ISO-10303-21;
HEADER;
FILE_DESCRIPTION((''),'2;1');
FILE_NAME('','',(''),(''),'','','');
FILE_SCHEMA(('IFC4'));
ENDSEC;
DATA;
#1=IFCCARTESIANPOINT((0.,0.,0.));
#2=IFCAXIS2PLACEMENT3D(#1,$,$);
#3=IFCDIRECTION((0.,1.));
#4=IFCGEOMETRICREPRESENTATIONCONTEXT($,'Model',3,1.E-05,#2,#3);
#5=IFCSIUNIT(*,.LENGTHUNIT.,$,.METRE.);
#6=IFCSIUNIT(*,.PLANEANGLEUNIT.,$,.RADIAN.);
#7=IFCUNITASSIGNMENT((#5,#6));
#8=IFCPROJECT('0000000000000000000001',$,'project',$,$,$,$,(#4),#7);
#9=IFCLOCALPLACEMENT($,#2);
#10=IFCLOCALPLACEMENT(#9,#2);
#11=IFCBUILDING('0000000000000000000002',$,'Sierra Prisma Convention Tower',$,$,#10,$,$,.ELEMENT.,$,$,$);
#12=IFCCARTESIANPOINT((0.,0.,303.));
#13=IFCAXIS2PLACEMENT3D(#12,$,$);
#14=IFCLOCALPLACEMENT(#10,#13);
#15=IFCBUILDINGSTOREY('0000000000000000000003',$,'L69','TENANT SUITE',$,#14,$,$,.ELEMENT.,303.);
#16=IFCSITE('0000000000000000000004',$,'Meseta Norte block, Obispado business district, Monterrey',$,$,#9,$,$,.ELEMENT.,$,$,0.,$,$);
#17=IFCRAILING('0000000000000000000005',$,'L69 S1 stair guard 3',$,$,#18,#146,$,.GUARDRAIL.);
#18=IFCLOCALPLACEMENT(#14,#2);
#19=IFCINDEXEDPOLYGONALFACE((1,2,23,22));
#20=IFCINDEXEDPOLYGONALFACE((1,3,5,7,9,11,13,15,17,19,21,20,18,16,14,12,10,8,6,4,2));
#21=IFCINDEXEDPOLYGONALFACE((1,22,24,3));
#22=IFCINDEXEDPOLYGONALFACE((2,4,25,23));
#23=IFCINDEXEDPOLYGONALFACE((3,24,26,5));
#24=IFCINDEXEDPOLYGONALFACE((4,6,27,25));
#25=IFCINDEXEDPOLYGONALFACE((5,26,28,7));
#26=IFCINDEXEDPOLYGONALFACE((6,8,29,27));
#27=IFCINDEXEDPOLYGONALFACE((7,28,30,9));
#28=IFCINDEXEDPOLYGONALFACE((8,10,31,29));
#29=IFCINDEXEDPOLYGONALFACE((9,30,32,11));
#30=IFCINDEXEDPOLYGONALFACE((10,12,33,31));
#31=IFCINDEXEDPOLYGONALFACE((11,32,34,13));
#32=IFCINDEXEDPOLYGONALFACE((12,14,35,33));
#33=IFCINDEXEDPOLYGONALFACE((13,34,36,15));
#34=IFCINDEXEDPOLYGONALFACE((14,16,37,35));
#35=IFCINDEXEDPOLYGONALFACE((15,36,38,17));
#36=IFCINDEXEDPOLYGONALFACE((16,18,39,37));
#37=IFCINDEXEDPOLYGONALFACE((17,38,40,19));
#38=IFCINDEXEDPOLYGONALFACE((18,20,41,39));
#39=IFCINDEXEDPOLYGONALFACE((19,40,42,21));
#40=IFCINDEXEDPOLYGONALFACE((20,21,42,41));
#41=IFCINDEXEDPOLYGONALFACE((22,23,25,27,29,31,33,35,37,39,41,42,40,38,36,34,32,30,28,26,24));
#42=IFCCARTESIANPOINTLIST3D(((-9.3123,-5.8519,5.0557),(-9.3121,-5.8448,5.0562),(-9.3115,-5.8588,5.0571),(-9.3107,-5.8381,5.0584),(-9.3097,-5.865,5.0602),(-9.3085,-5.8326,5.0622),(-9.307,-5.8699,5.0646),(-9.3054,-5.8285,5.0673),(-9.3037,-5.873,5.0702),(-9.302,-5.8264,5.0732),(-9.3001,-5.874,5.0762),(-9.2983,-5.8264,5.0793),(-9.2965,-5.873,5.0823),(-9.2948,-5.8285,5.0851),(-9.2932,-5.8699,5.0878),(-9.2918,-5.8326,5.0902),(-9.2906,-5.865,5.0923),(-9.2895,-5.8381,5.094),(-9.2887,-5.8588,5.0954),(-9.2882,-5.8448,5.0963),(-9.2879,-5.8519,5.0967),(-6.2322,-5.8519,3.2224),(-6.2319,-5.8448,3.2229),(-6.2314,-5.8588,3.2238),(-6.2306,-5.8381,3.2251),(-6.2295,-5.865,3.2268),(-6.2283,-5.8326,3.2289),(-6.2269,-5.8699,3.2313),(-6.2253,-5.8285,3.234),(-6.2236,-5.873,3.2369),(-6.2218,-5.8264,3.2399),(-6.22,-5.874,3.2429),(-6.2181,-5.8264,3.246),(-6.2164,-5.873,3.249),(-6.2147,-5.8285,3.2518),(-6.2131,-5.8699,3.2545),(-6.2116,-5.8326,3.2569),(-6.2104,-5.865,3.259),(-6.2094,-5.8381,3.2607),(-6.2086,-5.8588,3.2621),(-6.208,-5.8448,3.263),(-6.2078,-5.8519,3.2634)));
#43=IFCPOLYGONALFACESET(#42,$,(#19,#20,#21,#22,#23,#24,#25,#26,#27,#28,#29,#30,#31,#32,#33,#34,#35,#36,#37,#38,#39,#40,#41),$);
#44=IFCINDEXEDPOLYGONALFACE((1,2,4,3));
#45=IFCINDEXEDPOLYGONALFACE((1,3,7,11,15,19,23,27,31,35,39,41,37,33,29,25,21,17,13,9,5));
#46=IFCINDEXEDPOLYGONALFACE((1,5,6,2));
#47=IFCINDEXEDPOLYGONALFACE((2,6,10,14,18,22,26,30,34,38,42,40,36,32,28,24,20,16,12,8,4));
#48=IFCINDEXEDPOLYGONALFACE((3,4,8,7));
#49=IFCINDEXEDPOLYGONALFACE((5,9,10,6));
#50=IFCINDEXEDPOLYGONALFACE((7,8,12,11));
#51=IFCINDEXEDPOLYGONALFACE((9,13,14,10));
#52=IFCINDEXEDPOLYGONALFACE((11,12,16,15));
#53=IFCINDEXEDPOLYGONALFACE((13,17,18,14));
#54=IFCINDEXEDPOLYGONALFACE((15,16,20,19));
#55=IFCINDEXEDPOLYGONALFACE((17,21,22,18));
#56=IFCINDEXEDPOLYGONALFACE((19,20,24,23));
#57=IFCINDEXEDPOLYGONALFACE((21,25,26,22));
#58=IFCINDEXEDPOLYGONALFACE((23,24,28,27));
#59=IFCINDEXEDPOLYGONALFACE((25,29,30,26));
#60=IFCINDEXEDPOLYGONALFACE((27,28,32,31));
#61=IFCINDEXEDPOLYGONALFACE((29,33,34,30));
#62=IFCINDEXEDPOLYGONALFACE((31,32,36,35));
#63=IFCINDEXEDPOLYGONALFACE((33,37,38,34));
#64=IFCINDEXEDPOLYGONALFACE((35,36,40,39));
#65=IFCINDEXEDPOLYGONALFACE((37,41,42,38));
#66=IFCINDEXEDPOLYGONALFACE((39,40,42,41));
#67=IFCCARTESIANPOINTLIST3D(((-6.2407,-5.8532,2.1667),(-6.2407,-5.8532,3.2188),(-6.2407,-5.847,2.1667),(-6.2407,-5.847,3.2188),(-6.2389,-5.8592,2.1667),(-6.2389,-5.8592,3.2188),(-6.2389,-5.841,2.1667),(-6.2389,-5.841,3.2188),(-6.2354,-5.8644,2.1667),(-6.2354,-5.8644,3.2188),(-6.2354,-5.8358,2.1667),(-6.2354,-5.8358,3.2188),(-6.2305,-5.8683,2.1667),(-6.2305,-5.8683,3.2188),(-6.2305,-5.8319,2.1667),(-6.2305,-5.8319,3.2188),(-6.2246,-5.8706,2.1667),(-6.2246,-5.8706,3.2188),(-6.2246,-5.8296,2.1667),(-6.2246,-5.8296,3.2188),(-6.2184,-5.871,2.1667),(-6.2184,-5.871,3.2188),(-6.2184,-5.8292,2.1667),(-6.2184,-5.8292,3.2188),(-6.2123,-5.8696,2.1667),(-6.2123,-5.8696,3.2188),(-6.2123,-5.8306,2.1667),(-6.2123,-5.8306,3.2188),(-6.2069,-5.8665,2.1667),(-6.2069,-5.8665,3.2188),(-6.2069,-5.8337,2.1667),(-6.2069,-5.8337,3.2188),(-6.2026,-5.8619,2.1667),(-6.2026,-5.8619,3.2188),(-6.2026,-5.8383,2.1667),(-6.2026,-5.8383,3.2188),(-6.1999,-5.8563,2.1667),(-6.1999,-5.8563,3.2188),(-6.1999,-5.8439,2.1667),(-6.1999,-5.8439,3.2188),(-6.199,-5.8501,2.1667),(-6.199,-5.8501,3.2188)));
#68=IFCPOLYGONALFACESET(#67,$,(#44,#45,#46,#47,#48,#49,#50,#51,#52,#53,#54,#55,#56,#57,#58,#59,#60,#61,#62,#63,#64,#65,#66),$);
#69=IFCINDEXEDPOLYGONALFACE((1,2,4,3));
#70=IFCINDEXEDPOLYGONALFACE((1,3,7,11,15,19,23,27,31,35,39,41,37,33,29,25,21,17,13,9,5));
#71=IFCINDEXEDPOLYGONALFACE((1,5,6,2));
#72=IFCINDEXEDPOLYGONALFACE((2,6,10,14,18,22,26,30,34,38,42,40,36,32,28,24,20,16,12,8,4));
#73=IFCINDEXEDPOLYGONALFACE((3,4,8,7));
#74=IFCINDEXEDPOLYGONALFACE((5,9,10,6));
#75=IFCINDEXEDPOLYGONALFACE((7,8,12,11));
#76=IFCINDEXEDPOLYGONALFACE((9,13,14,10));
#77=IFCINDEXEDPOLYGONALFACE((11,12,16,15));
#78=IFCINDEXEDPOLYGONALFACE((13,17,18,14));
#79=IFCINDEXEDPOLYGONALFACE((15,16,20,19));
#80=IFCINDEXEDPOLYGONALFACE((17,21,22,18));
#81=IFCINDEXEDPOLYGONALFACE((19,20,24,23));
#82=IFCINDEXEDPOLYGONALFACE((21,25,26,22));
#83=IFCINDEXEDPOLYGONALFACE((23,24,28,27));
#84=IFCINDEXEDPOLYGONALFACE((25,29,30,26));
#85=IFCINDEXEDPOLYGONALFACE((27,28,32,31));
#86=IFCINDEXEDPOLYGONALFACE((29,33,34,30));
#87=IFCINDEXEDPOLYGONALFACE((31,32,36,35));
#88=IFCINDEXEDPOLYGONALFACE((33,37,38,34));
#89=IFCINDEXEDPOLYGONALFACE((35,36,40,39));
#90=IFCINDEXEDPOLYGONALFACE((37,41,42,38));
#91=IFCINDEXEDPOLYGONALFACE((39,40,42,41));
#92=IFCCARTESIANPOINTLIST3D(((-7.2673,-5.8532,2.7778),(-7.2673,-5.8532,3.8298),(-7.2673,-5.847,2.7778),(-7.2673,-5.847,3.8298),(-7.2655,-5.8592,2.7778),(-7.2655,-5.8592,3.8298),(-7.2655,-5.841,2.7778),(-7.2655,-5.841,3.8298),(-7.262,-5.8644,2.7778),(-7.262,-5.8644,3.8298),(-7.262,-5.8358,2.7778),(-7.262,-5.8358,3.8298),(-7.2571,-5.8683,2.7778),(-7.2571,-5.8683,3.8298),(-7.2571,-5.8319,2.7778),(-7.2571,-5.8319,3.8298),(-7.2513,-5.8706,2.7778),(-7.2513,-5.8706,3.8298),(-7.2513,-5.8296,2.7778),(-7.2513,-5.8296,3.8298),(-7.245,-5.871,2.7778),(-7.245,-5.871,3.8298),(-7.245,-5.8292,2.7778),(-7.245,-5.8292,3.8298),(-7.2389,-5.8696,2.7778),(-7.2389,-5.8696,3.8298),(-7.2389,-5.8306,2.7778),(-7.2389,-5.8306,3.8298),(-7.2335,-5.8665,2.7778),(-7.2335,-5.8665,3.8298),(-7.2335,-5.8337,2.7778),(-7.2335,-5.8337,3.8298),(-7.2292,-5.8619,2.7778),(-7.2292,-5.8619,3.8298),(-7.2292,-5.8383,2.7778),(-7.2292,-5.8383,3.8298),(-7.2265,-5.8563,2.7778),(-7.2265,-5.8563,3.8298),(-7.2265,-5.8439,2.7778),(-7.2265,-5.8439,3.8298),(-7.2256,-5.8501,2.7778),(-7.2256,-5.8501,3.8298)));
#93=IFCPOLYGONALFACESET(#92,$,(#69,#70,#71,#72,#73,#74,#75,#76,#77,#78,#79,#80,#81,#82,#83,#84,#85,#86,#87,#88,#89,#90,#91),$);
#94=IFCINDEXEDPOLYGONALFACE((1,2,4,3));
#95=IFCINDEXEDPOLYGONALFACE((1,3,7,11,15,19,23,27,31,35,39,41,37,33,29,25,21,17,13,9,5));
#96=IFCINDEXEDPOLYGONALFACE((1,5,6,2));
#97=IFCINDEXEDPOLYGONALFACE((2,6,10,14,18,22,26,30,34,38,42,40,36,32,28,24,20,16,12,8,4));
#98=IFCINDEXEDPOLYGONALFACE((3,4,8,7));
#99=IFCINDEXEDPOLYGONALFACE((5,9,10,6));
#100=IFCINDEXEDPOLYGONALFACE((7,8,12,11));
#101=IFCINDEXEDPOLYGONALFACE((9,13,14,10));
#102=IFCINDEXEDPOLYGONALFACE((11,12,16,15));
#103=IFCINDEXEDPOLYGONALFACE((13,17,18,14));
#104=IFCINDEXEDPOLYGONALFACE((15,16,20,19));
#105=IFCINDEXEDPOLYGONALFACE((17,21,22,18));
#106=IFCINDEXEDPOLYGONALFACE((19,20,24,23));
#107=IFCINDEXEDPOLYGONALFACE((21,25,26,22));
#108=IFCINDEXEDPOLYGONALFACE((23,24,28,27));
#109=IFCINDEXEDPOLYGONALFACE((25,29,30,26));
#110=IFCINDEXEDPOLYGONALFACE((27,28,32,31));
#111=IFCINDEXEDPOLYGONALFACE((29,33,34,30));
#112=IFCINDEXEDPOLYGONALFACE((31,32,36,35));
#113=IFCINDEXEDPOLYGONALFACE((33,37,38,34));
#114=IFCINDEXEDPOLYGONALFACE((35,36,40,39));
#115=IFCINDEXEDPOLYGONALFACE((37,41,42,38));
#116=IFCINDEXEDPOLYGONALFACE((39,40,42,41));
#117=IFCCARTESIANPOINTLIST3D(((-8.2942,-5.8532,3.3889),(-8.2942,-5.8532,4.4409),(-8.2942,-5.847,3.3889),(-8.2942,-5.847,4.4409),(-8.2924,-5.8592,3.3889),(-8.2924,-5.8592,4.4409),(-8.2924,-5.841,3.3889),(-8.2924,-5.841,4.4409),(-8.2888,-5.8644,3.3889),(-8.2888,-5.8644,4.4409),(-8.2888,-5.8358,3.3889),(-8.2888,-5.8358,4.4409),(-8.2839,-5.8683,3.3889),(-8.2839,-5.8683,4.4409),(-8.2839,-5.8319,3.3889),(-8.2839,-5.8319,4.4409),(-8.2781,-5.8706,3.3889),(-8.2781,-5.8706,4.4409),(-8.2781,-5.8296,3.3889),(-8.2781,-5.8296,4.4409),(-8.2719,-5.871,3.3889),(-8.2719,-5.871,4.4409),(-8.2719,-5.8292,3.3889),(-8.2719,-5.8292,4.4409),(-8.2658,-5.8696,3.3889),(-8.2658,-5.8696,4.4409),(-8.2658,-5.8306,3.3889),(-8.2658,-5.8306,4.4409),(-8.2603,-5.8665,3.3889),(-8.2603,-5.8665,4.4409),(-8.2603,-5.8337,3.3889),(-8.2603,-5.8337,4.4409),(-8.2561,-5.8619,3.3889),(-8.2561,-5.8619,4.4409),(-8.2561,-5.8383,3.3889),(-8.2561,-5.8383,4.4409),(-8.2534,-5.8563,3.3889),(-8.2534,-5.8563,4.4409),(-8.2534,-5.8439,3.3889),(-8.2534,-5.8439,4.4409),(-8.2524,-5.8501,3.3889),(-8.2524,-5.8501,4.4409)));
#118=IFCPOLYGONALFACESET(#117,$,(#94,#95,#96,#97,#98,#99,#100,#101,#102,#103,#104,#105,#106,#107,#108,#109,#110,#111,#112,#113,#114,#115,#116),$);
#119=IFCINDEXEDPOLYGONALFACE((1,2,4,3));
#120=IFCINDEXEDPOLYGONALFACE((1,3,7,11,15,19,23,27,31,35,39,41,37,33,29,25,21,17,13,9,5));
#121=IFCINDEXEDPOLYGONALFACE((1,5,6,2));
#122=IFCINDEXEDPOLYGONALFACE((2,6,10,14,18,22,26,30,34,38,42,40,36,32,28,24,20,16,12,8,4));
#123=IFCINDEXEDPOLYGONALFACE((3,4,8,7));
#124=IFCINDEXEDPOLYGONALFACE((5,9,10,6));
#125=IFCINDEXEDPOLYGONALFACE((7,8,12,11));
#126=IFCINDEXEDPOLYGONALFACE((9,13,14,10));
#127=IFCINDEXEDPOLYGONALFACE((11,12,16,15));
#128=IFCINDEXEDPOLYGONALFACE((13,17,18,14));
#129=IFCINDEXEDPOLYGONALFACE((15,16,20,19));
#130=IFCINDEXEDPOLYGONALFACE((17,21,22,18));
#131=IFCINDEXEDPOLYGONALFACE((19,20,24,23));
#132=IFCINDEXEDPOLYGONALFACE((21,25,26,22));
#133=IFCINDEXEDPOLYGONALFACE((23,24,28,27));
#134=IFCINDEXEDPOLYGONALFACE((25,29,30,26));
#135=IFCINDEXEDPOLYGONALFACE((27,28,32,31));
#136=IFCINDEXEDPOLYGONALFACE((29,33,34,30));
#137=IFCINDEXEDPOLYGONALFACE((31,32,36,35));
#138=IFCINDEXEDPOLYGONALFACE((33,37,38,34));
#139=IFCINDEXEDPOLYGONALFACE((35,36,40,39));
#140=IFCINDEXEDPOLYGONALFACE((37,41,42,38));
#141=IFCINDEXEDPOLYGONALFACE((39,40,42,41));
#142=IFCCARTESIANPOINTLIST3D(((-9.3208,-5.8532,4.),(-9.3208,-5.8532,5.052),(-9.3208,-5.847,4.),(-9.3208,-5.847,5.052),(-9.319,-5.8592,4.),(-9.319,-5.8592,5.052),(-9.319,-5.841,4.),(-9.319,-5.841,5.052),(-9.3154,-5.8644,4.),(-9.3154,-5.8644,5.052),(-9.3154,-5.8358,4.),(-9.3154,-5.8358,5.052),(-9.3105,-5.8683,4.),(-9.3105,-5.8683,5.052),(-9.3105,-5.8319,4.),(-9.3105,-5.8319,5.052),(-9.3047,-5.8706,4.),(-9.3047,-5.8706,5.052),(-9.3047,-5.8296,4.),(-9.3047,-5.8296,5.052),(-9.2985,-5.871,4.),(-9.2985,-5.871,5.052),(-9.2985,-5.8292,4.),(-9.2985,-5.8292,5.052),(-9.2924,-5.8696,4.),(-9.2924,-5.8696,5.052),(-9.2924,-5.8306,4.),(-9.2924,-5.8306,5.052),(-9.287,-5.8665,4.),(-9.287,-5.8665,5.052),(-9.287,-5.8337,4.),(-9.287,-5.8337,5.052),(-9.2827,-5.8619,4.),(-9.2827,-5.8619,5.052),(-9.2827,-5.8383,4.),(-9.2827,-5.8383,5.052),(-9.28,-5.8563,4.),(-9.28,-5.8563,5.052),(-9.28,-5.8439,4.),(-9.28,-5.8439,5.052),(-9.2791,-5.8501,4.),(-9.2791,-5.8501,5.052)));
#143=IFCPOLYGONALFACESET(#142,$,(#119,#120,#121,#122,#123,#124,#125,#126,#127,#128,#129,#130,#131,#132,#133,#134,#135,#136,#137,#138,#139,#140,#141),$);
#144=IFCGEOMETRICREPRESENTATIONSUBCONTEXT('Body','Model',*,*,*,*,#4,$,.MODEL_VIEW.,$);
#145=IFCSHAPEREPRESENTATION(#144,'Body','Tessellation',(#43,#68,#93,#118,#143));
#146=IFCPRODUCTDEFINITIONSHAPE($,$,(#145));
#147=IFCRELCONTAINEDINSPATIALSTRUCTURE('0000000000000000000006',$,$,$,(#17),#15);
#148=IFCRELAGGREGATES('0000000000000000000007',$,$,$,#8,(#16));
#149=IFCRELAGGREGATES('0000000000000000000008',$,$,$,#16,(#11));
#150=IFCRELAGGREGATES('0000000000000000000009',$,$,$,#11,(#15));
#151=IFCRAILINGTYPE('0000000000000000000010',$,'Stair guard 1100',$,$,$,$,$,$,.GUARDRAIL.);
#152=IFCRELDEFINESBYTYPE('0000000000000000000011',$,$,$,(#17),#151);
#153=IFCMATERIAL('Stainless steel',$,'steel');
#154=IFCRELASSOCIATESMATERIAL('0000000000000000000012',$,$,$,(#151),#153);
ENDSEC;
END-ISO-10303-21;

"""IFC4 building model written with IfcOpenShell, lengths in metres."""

from ifc_helpers import new_model, si_unit, direction, frame, origin, origin_2d, place, context, subcontext, project, spatial, circle, extrude, material, type_object, element, save


model = new_model("IFC4")

# Units and contexts
model_context = context("Model", 3, precision=1e-05, world=origin(), true_north=direction((0.0, 1.0)))
body_context = subcontext(model_context, "Body", "Model", "MODEL_VIEW")
ifc_project = project(units=[si_unit("LENGTHUNIT", "METRE"), si_unit("PLANEANGLEUNIT", "RADIAN")], contexts=[model_context])

# Site, building, storey
site_placement = place(None, origin())
site = spatial("IfcSite", under=ifc_project, at=site_placement, Name="Meseta Norte block, Obispado business district, Monterrey", CompositionType="ELEMENT", RefElevation=0.0)
building_placement = place(site_placement, origin())
building = spatial("IfcBuilding", under=site, at=building_placement, Name="Sierra Prisma Convention Tower", CompositionType="ELEMENT")
storey_placement = place(building_placement, frame((0.0, 0.0, 303.0)))
storey = spatial("IfcBuildingStorey", under=building, at=storey_placement, Name="L69", Description="TENANT SUITE", CompositionType="ELEMENT", Elevation=303.0)

# Railing
ifc_material_1 = material(Name="Stainless steel", Category="steel")
railing_type_1 = type_object("IfcRailingType", Name="Stair guard 1100", PredefinedType="GUARDRAIL", material=ifc_material_1)
railing_1_placement = place(storey_placement, frame((-6.22, -5.8501, 2.1667)))
element("IfcRailing", 1, at=railing_1_placement, inside=storey, type_object=railing_type_1, Name="L69 S1 stair guard 3", PredefinedType="GUARDRAIL", context=body_context, shape_type="SweptSolid", body=[
    extrude(circle(Radius=0.0239, at=origin_2d()), frame((0.0, 0.0, 1.0762), z_axis=(-0.859309, 0.0, 0.511458), x_axis=(0.0, -1.0, 0.0)), (0.0, 0.0, 1.0), 3.5845),
    extrude(circle(Radius=0.021, at=origin_2d()), origin(), (0.0, 0.0, 1.0), 1.052),
    extrude(circle(Radius=0.021, at=origin_2d()), frame((-1.0266, 0.0, 0.6111)), (0.0, 0.0, 1.0), 1.052),
    extrude(circle(Radius=0.021, at=origin_2d()), frame((-2.0535, 0.0, 1.2222)), (0.0, 0.0, 1.0), 1.052),
    extrude(circle(Radius=0.021, at=origin_2d()), frame((-3.0801, 0.0, 1.8333)), (0.0, 0.0, 1.0), 1.052),
])

save(model, "model.ifc")
